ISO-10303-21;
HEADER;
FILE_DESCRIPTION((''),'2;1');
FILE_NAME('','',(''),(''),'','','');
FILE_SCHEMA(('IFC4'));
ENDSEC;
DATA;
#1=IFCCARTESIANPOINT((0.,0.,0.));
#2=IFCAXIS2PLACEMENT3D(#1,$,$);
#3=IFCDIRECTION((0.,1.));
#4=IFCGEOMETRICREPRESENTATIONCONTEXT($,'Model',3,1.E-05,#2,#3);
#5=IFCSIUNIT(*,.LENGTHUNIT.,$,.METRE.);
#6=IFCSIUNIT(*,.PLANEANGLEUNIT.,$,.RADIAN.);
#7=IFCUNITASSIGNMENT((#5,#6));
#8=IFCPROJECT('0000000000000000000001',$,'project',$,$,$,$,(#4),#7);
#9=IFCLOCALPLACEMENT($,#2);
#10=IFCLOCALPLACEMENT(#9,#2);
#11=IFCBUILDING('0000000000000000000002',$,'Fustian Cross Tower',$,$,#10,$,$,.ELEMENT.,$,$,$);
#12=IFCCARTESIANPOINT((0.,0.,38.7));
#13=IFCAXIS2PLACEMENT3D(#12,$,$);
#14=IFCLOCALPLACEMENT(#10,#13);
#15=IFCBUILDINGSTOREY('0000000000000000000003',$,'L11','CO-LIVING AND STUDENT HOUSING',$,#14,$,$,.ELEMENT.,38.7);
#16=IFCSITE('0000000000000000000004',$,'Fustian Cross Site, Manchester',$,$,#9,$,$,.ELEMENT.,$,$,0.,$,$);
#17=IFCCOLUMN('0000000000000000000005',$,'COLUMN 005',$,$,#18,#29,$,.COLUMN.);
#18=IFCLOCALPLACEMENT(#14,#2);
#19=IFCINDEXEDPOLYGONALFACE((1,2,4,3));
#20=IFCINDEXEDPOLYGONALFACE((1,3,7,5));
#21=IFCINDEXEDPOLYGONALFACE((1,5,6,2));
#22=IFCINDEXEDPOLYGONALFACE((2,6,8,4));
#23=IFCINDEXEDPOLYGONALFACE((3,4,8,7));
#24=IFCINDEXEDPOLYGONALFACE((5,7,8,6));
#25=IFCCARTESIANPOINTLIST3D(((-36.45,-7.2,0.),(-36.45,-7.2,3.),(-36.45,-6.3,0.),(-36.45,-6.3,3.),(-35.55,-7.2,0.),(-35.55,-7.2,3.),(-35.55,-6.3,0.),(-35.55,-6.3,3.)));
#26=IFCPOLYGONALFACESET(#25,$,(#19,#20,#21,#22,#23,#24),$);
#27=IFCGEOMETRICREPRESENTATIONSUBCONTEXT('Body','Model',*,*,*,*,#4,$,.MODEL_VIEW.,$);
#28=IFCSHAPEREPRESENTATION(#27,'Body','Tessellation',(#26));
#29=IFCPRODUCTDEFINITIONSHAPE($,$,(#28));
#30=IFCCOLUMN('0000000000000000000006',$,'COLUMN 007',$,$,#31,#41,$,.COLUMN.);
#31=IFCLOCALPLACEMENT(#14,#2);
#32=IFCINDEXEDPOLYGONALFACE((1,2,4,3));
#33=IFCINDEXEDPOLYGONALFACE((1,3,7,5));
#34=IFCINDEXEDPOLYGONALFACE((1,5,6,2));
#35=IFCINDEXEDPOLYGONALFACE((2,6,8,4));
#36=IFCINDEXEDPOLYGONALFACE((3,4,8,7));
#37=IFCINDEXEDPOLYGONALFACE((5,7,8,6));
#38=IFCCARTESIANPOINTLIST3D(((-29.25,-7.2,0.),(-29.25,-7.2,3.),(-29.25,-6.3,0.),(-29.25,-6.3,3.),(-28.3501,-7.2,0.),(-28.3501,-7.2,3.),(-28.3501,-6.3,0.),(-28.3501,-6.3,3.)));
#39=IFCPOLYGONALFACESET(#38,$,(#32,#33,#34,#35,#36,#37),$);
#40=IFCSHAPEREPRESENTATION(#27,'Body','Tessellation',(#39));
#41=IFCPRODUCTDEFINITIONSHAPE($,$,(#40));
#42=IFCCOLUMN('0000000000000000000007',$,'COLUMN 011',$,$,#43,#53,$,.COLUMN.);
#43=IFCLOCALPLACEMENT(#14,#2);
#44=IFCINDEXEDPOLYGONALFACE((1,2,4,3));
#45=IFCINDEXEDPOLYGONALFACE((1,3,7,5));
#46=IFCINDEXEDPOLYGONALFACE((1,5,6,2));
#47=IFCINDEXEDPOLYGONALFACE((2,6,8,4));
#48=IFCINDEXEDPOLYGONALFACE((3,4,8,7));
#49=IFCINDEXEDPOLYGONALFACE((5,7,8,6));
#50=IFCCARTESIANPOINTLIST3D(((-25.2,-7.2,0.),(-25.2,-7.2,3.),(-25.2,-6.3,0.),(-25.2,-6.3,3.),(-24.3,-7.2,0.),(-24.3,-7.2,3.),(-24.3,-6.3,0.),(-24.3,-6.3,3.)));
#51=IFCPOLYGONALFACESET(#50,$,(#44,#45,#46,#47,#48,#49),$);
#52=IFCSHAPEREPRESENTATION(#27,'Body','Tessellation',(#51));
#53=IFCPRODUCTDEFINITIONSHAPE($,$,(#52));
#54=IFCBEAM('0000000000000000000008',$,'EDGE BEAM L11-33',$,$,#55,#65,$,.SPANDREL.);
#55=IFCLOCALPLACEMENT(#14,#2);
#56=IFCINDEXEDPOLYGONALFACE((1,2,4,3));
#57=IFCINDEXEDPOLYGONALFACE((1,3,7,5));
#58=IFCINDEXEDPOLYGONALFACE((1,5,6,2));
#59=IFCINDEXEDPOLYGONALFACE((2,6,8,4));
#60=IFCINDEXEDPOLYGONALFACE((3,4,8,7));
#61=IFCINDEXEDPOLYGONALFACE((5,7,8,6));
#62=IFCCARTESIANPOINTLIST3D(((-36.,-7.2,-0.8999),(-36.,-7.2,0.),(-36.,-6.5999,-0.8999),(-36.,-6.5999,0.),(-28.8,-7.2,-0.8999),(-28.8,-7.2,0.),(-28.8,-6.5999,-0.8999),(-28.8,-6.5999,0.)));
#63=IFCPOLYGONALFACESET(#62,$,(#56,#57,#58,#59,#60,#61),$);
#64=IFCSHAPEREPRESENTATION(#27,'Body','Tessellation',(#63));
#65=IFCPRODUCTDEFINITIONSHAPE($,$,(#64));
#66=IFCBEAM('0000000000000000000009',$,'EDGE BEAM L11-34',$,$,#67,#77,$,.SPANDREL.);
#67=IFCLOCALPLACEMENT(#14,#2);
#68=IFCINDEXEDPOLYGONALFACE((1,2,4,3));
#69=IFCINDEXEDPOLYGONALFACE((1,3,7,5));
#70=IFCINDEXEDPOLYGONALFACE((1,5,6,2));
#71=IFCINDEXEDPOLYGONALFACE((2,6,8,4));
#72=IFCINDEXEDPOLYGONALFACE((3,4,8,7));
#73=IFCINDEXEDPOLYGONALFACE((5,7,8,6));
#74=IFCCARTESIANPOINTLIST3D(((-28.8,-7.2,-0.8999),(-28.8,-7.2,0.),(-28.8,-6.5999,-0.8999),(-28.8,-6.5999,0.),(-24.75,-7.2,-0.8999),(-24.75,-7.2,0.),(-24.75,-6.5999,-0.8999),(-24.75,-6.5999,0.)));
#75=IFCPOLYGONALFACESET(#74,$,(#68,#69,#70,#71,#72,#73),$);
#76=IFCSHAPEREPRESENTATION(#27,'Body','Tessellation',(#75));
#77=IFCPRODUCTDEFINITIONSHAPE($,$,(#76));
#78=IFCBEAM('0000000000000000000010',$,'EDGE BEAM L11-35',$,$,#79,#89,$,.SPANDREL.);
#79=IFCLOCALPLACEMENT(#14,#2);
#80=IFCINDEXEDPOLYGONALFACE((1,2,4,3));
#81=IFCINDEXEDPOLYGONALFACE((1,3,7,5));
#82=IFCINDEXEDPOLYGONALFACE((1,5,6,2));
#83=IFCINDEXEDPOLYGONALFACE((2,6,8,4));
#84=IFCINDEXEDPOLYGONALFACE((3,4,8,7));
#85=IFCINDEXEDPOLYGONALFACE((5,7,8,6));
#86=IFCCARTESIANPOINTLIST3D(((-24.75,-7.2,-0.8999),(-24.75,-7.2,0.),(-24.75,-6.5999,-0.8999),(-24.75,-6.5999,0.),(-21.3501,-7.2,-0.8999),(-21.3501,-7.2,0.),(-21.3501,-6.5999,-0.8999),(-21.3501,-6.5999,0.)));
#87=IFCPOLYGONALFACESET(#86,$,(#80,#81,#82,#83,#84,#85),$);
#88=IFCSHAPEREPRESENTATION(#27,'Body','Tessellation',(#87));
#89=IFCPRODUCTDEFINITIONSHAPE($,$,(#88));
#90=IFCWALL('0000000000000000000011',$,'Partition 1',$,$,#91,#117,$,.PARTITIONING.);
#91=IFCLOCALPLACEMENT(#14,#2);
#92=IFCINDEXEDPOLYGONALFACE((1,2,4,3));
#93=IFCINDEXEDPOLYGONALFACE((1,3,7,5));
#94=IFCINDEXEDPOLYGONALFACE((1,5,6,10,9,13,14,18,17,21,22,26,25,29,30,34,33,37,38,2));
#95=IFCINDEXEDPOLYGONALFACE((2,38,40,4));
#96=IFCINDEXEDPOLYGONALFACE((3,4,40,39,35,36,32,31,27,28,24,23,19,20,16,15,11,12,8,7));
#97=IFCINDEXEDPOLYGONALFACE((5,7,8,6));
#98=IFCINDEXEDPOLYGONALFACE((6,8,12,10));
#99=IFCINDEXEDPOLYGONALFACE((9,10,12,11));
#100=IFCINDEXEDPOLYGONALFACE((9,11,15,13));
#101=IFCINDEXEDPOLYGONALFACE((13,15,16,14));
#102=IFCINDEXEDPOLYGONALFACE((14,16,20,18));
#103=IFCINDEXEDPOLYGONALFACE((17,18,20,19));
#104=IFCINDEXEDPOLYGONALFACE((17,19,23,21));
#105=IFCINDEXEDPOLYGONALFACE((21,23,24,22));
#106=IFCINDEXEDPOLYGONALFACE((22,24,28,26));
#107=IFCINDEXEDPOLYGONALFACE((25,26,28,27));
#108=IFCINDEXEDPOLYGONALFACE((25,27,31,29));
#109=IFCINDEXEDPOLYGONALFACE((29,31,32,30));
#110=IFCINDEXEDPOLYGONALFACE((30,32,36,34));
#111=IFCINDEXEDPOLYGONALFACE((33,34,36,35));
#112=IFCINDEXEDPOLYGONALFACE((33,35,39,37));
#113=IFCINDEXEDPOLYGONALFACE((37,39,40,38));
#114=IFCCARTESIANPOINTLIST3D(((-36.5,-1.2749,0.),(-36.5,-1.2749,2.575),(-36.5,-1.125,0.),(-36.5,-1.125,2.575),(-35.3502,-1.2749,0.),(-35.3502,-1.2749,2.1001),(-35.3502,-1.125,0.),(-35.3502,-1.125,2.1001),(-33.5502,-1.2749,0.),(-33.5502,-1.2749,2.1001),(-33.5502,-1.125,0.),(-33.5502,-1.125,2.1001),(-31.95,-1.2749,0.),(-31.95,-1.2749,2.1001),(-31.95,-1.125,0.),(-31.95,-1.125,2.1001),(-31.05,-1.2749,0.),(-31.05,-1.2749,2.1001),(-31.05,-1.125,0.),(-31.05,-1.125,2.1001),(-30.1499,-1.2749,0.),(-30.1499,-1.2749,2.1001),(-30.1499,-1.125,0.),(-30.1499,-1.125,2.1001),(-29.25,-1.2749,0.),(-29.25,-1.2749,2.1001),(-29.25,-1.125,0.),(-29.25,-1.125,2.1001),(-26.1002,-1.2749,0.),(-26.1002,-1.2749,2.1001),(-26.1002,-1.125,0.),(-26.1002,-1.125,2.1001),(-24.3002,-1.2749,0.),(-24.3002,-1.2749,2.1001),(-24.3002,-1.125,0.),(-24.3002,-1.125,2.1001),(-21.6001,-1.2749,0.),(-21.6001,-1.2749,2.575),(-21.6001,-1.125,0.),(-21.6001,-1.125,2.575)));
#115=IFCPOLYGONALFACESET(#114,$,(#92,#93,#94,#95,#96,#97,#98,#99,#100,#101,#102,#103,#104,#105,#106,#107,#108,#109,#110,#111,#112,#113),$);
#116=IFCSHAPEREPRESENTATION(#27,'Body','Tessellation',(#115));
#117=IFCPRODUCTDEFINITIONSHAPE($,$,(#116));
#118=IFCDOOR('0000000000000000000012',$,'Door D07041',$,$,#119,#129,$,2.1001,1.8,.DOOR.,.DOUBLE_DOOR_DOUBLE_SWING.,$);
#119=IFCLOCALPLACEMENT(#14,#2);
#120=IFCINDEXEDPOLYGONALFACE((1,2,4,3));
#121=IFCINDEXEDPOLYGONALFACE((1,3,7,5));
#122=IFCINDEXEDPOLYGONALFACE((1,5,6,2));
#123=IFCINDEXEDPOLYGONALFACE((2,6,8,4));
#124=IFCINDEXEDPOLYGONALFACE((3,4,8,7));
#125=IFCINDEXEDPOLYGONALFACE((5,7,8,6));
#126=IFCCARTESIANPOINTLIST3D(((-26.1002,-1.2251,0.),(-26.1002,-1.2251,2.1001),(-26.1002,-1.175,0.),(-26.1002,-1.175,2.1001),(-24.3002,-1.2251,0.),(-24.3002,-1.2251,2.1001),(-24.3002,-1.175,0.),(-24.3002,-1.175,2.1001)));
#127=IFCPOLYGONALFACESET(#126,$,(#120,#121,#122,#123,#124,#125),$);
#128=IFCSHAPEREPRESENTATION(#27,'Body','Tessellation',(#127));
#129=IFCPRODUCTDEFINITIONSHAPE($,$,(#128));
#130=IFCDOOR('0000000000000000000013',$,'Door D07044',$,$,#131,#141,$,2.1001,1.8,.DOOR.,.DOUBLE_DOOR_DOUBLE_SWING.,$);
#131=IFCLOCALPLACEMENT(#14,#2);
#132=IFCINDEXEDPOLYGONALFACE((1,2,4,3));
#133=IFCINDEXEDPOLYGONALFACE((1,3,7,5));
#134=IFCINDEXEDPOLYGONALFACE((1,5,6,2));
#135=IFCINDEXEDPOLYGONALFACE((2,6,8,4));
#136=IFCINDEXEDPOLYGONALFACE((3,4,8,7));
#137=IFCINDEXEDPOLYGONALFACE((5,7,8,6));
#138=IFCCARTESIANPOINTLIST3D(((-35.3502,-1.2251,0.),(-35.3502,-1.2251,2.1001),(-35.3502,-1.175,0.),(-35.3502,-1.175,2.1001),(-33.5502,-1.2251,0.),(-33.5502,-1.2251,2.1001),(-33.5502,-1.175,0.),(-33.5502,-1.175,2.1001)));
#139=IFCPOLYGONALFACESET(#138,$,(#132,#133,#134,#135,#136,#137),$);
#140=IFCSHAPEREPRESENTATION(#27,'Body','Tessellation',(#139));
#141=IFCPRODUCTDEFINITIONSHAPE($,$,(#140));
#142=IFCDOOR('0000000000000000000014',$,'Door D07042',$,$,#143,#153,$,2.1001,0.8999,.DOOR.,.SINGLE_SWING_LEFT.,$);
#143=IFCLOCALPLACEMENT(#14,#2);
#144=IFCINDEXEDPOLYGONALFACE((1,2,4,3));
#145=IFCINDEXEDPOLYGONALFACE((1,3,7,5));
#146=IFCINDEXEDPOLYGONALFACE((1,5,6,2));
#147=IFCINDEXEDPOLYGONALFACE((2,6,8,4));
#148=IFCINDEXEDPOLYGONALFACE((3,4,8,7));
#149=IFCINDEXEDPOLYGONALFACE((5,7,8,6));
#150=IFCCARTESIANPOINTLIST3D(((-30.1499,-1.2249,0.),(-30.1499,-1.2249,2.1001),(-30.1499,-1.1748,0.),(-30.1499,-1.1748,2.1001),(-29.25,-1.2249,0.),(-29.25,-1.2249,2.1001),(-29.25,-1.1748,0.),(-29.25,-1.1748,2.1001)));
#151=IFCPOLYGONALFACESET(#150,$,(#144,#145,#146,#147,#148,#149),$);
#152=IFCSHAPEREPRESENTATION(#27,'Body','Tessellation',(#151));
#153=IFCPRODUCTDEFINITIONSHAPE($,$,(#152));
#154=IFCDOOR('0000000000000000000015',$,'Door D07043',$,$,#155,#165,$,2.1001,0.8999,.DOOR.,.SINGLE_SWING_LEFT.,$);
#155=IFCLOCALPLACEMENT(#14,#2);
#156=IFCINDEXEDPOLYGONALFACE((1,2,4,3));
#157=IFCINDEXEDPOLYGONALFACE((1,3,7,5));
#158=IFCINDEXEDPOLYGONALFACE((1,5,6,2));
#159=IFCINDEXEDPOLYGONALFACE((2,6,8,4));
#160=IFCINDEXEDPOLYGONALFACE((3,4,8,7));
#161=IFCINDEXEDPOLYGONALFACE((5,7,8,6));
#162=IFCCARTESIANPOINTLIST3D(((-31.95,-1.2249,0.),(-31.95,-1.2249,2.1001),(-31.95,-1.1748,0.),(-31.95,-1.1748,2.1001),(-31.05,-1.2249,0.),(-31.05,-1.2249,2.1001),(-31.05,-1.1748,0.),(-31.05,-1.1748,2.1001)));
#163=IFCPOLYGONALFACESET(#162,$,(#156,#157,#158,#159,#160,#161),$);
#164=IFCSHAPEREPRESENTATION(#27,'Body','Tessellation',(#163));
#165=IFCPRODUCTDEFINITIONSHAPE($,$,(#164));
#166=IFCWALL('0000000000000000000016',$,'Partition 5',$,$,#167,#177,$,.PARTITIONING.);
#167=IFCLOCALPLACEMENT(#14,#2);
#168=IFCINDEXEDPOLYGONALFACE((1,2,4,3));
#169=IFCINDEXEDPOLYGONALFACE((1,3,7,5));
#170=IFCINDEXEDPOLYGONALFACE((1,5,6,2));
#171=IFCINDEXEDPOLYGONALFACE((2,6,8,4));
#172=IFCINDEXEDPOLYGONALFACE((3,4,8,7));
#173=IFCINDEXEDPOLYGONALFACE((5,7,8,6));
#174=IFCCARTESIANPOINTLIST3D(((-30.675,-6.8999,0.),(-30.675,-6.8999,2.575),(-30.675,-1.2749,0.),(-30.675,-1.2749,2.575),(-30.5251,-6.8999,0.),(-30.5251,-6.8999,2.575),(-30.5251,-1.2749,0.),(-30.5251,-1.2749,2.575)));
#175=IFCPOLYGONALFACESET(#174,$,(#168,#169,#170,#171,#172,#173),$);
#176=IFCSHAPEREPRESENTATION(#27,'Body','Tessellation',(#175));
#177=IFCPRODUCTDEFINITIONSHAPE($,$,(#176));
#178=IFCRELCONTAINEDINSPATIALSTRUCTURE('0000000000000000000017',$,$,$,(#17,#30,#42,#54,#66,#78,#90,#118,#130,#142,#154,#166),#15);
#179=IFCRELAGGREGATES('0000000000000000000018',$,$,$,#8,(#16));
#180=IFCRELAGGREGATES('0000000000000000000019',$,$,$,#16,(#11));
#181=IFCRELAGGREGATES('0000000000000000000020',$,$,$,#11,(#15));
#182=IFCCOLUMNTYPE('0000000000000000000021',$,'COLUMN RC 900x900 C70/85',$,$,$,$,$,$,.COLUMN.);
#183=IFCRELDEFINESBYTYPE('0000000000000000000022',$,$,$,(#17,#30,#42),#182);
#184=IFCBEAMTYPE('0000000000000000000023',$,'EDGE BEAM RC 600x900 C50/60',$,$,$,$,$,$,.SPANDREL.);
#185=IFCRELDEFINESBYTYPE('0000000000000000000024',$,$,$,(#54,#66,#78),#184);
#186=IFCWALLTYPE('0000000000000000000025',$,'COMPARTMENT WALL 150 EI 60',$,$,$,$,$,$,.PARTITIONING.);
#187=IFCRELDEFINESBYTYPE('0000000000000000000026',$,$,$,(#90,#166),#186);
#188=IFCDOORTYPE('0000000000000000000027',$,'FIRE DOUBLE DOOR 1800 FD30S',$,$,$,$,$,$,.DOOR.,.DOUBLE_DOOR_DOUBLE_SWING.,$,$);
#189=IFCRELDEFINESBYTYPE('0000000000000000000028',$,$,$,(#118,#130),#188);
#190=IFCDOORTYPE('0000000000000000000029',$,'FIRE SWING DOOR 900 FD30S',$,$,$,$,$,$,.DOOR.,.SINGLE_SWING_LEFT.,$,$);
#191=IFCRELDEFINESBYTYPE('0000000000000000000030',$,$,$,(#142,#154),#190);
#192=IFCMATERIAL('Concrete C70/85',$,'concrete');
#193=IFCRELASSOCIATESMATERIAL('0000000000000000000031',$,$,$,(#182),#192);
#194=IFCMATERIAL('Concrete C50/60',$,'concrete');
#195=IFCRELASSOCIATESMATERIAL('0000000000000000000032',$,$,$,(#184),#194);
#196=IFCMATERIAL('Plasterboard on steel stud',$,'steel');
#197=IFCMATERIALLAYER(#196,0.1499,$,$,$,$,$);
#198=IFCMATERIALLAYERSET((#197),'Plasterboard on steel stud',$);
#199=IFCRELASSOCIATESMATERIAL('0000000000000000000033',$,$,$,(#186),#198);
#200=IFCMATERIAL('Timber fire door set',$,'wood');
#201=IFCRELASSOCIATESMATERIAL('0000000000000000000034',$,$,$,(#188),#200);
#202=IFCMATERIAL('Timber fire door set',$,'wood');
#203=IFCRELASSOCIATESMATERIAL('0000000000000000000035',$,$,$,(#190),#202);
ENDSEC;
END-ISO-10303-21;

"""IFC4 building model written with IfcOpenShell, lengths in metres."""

from ifc_helpers import new_model, si_unit, direction, frame, frame_2d, origin, origin_2d, place, context, subcontext, project, spatial, rectangle, extrude, material, layer, layer_set, material_profile, profile_set, type_object, element, fill, save


model = new_model("IFC4")

# Units and contexts
model_context = context("Model", 3, precision=1e-05, world=origin(), true_north=direction((0.0, 1.0)))
body_context = subcontext(model_context, "Body", "Model", "MODEL_VIEW")
ifc_project = project(units=[si_unit("LENGTHUNIT", "METRE"), si_unit("PLANEANGLEUNIT", "RADIAN")], contexts=[model_context])

# Site, building, storey
site_placement = place(None, origin())
site = spatial("IfcSite", under=ifc_project, at=site_placement, Name="Fustian Cross Site, Manchester", CompositionType="ELEMENT", RefElevation=0.0)
building_placement = place(site_placement, origin())
building = spatial("IfcBuilding", under=site, at=building_placement, Name="Fustian Cross Tower", CompositionType="ELEMENT")
storey_placement = place(building_placement, frame((0.0, 0.0, 38.7)))
storey = spatial("IfcBuildingStorey", under=building, at=storey_placement, Name="L11", Description="CO-LIVING AND STUDENT HOUSING", CompositionType="ELEMENT", Elevation=38.7)

# Columns
ifc_material_1 = material(Name="Concrete C70/85", Category="concrete")
ifc_material_profile_1 = material_profile(ifc_material_1, rectangle(XDim=0.8999, YDim=0.8999, at=origin_2d()), Name="RC 900x900")
ifc_profile_set_1 = profile_set([ifc_material_profile_1], Name="Concrete C70/85")
column_type = type_object("IfcColumnType", Name="COLUMN RC 900x900 C70/85", PredefinedType="COLUMN", material=ifc_profile_set_1)
for number, where, z_axis, x_axis, name in (
    (1, (-36.0, -6.75, 0.0), (0.0, 0.0, 1.0), (1.0, 0.0, 0.0), "COLUMN 005"),
    (2, (-28.8, -6.75, 0.0), (0.0, 0.0, 1.0), (1.0, 0.0, 0.0), "COLUMN 007"),
    (3, (-24.75, -6.75, 0.0), (0.0, 0.0, 1.0), (1.0, 0.0, 0.0), "COLUMN 011"),
):
    element("IfcColumn", number, at=place(storey_placement, frame(where, z_axis=z_axis, x_axis=x_axis)), inside=storey, type_object=column_type, Name=name, PredefinedType="COLUMN", context=body_context, shape_type="SweptSolid", body=[
        extrude(rectangle(XDim=0.8999, YDim=0.8999, at=origin_2d()), origin(), (0.0, 0.0, 1.0), 3.0),
    ])

# Beams
ifc_material_2 = material(Name="Concrete C50/60", Category="concrete")
ifc_material_profile_2 = material_profile(ifc_material_2, rectangle(XDim=0.6001, YDim=0.8999, at=origin_2d()), Name="RC 600x900")
ifc_profile_set_2 = profile_set([ifc_material_profile_2], Name="Concrete C50/60")
beam_type = type_object("IfcBeamType", Name="EDGE BEAM RC 600x900 C50/60", PredefinedType="SPANDREL", material=ifc_profile_set_2)
beam_1_placement = place(storey_placement, frame((-36.0, -6.8999, -0.45), z_axis=(1.0, 0.0, 0.0), x_axis=(0.0, 1.0, 0.0)))
element("IfcBeam", 4, at=beam_1_placement, inside=storey, type_object=beam_type, Name="EDGE BEAM L11-33", PredefinedType="SPANDREL", context=body_context, shape_type="SweptSolid", body=[
    extrude(rectangle(XDim=0.6001, YDim=0.8999, at=origin_2d()), origin(), (0.0, 0.0, 1.0), 7.2),
])
beam_2_placement = place(storey_placement, frame((-28.8, -6.8999, -0.45), z_axis=(1.0, 0.0, 0.0), x_axis=(0.0, 1.0, 0.0)))
element("IfcBeam", 5, at=beam_2_placement, inside=storey, type_object=beam_type, Name="EDGE BEAM L11-34", PredefinedType="SPANDREL", context=body_context, shape_type="SweptSolid", body=[
    extrude(rectangle(XDim=0.6001, YDim=0.8999, at=origin_2d()), origin(), (0.0, 0.0, 1.0), 4.05),
])
beam_3_placement = place(storey_placement, frame((-24.75, -6.8999, -0.45), z_axis=(1.0, 0.0, 0.0), x_axis=(0.0, 1.0, 0.0)))
element("IfcBeam", 6, at=beam_3_placement, inside=storey, type_object=beam_type, Name="EDGE BEAM L11-35", PredefinedType="SPANDREL", context=body_context, shape_type="SweptSolid", body=[
    extrude(rectangle(XDim=0.6001, YDim=0.8999, at=origin_2d()), origin(), (0.0, 0.0, 1.0), 3.3999),
])

# Wall, openings, doors
ifc_material_3 = material(Name="Plasterboard on steel stud", Category="steel")
ifc_layer_1 = layer(ifc_material_3, 0.1499)
ifc_layer_set_1 = layer_set([ifc_layer_1], Name="Plasterboard on steel stud")
wall_type_1 = type_object("IfcWallType", Name="COMPARTMENT WALL 150 EI 60", PredefinedType="PARTITIONING", material=ifc_layer_set_1)
wall_1_placement = place(storey_placement, frame((-36.5, -1.2, 0.0), z_axis=(0.0, 0.0, 1.0), x_axis=(1.0, 0.0, 0.0)))
wall_1 = element("IfcWall", 7, at=wall_1_placement, inside=storey, type_object=wall_type_1, Name="Partition 1", PredefinedType="PARTITIONING", context=body_context, shape_type="SweptSolid", body=[
    extrude(rectangle(XDim=14.8999, YDim=0.1499, at=frame_2d((7.45, 0.0))), origin(), (0.0, 0.0, 1.0), 2.575),
])
opening_1_placement = place(wall_1_placement, frame((10.3999, 0.0, 0.0)))
opening_1 = element("IfcOpeningElement", 8, at=opening_1_placement, cuts=wall_1, PredefinedType="OPENING", context=body_context, shape_type="SweptSolid", body=[
    extrude(rectangle(XDim=1.8, YDim=2.1001, at=frame_2d((0.8999, 1.05))), frame((0.0, 0.085, 0.0), z_axis=(0.0, -1.0, 0.0), x_axis=(1.0, 0.0, 0.0)), (0.0, 0.0, 1.0), 0.1699),
])
opening_2_placement = place(wall_1_placement, frame((6.3501, 0.0, 0.0)))
opening_2 = element("IfcOpeningElement", 9, at=opening_2_placement, cuts=wall_1, PredefinedType="OPENING", context=body_context, shape_type="SweptSolid", body=[
    extrude(rectangle(XDim=0.8999, YDim=2.1001, at=frame_2d((0.45, 1.05))), frame((0.0, 0.085, 0.0), z_axis=(0.0, -1.0, 0.0), x_axis=(1.0, 0.0, 0.0)), (0.0, 0.0, 1.0), 0.1699),
])
opening_3_placement = place(wall_1_placement, frame((4.55, 0.0, 0.0)))
opening_3 = element("IfcOpeningElement", 10, at=opening_3_placement, cuts=wall_1, PredefinedType="OPENING", context=body_context, shape_type="SweptSolid", body=[
    extrude(rectangle(XDim=0.8999, YDim=2.1001, at=frame_2d((0.45, 1.05))), frame((0.0, 0.085, 0.0), z_axis=(0.0, -1.0, 0.0), x_axis=(1.0, 0.0, 0.0)), (0.0, 0.0, 1.0), 0.1699),
])
opening_4_placement = place(wall_1_placement, frame((1.1499, 0.0, 0.0)))
opening_4 = element("IfcOpeningElement", 11, at=opening_4_placement, cuts=wall_1, PredefinedType="OPENING", context=body_context, shape_type="SweptSolid", body=[
    extrude(rectangle(XDim=1.8, YDim=2.1001, at=frame_2d((0.8999, 1.05))), frame((0.0, 0.085, 0.0), z_axis=(0.0, -1.0, 0.0), x_axis=(1.0, 0.0, 0.0)), (0.0, 0.0, 1.0), 0.1699),
])
ifc_material_4 = material(Name="Timber fire door set", Category="wood")
door_type_1 = type_object("IfcDoorType", Name="FIRE DOUBLE DOOR 1800 FD30S", OperationType="DOUBLE_DOOR_DOUBLE_SWING", PredefinedType="DOOR", material=ifc_material_4)
door_1_placement = place(opening_1_placement, origin())
door_1 = element("IfcDoor", 12, at=door_1_placement, inside=storey, type_object=door_type_1, Name="Door D07041", OperationType="DOUBLE_DOOR_DOUBLE_SWING", OverallHeight=2.1001, OverallWidth=1.8, PredefinedType="DOOR", context=body_context, shape_type="SweptSolid", body=[
    extrude(rectangle(XDim=1.8, YDim=2.1001, at=frame_2d((0.8999, 1.05))), frame((0.0, 0.0249, 0.0), z_axis=(0.0, -1.0, 0.0), x_axis=(1.0, 0.0, 0.0)), (0.0, 0.0, 1.0), 0.05),
])
fill(opening_1, door_1)
door_2_placement = place(opening_4_placement, origin())
door_2 = element("IfcDoor", 13, at=door_2_placement, inside=storey, type_object=door_type_1, Name="Door D07044", OperationType="DOUBLE_DOOR_DOUBLE_SWING", OverallHeight=2.1001, OverallWidth=1.8, PredefinedType="DOOR", context=body_context, shape_type="SweptSolid", body=[
    extrude(rectangle(XDim=1.8, YDim=2.1001, at=frame_2d((0.8999, 1.05))), frame((0.0, 0.0249, 0.0), z_axis=(0.0, -1.0, 0.0), x_axis=(1.0, 0.0, 0.0)), (0.0, 0.0, 1.0), 0.05),
])
fill(opening_4, door_2)
ifc_material_5 = material(Name="Timber fire door set", Category="wood")
door_type_2 = type_object("IfcDoorType", Name="FIRE SWING DOOR 900 FD30S", OperationType="SINGLE_SWING_LEFT", PredefinedType="DOOR", material=ifc_material_5)
door_3_placement = place(opening_2_placement, frame((0.8999, 0.0, 0.0), z_axis=(0.0, 0.0, 1.0), x_axis=(-1.0, 0.0, 0.0)))
door_3 = element("IfcDoor", 14, at=door_3_placement, inside=storey, type_object=door_type_2, Name="Door D07042", OperationType="SINGLE_SWING_LEFT", OverallHeight=2.1001, OverallWidth=0.8999, PredefinedType="DOOR", context=body_context, shape_type="SweptSolid", body=[
    extrude(rectangle(XDim=0.8999, YDim=2.1001, at=frame_2d((0.45, 1.05))), frame((0.0, 0.0249, 0.0), z_axis=(0.0, -1.0, 0.0), x_axis=(1.0, 0.0, 0.0)), (0.0, 0.0, 1.0), 0.05),
])
fill(opening_2, door_3)
door_4_placement = place(opening_3_placement, frame((0.8999, 0.0, 0.0), z_axis=(0.0, 0.0, 1.0), x_axis=(-1.0, 0.0, 0.0)))
door_4 = element("IfcDoor", 15, at=door_4_placement, inside=storey, type_object=door_type_2, Name="Door D07043", OperationType="SINGLE_SWING_LEFT", OverallHeight=2.1001, OverallWidth=0.8999, PredefinedType="DOOR", context=body_context, shape_type="SweptSolid", body=[
    extrude(rectangle(XDim=0.8999, YDim=2.1001, at=frame_2d((0.45, 1.05))), frame((0.0, 0.0249, 0.0), z_axis=(0.0, -1.0, 0.0), x_axis=(1.0, 0.0, 0.0)), (0.0, 0.0, 1.0), 0.05),
])
fill(opening_3, door_4)

# Wall
for number, where, z_axis, x_axis, name in (
    (16, (-30.6001, -6.8999, 0.0), (0.0, 0.0, 1.0), (0.0, 1.0, 0.0), "Partition 5"),
):
    element("IfcWall", number, at=place(storey_placement, frame(where, z_axis=z_axis, x_axis=x_axis)), inside=storey, type_object=wall_type_1, Name=name, PredefinedType="PARTITIONING", context=body_context, shape_type="SweptSolid", body=[
        extrude(rectangle(XDim=5.625, YDim=0.1499, at=frame_2d((2.8125, 0.0))), origin(), (0.0, 0.0, 1.0), 2.575),
    ])

save(model, "model.ifc")
